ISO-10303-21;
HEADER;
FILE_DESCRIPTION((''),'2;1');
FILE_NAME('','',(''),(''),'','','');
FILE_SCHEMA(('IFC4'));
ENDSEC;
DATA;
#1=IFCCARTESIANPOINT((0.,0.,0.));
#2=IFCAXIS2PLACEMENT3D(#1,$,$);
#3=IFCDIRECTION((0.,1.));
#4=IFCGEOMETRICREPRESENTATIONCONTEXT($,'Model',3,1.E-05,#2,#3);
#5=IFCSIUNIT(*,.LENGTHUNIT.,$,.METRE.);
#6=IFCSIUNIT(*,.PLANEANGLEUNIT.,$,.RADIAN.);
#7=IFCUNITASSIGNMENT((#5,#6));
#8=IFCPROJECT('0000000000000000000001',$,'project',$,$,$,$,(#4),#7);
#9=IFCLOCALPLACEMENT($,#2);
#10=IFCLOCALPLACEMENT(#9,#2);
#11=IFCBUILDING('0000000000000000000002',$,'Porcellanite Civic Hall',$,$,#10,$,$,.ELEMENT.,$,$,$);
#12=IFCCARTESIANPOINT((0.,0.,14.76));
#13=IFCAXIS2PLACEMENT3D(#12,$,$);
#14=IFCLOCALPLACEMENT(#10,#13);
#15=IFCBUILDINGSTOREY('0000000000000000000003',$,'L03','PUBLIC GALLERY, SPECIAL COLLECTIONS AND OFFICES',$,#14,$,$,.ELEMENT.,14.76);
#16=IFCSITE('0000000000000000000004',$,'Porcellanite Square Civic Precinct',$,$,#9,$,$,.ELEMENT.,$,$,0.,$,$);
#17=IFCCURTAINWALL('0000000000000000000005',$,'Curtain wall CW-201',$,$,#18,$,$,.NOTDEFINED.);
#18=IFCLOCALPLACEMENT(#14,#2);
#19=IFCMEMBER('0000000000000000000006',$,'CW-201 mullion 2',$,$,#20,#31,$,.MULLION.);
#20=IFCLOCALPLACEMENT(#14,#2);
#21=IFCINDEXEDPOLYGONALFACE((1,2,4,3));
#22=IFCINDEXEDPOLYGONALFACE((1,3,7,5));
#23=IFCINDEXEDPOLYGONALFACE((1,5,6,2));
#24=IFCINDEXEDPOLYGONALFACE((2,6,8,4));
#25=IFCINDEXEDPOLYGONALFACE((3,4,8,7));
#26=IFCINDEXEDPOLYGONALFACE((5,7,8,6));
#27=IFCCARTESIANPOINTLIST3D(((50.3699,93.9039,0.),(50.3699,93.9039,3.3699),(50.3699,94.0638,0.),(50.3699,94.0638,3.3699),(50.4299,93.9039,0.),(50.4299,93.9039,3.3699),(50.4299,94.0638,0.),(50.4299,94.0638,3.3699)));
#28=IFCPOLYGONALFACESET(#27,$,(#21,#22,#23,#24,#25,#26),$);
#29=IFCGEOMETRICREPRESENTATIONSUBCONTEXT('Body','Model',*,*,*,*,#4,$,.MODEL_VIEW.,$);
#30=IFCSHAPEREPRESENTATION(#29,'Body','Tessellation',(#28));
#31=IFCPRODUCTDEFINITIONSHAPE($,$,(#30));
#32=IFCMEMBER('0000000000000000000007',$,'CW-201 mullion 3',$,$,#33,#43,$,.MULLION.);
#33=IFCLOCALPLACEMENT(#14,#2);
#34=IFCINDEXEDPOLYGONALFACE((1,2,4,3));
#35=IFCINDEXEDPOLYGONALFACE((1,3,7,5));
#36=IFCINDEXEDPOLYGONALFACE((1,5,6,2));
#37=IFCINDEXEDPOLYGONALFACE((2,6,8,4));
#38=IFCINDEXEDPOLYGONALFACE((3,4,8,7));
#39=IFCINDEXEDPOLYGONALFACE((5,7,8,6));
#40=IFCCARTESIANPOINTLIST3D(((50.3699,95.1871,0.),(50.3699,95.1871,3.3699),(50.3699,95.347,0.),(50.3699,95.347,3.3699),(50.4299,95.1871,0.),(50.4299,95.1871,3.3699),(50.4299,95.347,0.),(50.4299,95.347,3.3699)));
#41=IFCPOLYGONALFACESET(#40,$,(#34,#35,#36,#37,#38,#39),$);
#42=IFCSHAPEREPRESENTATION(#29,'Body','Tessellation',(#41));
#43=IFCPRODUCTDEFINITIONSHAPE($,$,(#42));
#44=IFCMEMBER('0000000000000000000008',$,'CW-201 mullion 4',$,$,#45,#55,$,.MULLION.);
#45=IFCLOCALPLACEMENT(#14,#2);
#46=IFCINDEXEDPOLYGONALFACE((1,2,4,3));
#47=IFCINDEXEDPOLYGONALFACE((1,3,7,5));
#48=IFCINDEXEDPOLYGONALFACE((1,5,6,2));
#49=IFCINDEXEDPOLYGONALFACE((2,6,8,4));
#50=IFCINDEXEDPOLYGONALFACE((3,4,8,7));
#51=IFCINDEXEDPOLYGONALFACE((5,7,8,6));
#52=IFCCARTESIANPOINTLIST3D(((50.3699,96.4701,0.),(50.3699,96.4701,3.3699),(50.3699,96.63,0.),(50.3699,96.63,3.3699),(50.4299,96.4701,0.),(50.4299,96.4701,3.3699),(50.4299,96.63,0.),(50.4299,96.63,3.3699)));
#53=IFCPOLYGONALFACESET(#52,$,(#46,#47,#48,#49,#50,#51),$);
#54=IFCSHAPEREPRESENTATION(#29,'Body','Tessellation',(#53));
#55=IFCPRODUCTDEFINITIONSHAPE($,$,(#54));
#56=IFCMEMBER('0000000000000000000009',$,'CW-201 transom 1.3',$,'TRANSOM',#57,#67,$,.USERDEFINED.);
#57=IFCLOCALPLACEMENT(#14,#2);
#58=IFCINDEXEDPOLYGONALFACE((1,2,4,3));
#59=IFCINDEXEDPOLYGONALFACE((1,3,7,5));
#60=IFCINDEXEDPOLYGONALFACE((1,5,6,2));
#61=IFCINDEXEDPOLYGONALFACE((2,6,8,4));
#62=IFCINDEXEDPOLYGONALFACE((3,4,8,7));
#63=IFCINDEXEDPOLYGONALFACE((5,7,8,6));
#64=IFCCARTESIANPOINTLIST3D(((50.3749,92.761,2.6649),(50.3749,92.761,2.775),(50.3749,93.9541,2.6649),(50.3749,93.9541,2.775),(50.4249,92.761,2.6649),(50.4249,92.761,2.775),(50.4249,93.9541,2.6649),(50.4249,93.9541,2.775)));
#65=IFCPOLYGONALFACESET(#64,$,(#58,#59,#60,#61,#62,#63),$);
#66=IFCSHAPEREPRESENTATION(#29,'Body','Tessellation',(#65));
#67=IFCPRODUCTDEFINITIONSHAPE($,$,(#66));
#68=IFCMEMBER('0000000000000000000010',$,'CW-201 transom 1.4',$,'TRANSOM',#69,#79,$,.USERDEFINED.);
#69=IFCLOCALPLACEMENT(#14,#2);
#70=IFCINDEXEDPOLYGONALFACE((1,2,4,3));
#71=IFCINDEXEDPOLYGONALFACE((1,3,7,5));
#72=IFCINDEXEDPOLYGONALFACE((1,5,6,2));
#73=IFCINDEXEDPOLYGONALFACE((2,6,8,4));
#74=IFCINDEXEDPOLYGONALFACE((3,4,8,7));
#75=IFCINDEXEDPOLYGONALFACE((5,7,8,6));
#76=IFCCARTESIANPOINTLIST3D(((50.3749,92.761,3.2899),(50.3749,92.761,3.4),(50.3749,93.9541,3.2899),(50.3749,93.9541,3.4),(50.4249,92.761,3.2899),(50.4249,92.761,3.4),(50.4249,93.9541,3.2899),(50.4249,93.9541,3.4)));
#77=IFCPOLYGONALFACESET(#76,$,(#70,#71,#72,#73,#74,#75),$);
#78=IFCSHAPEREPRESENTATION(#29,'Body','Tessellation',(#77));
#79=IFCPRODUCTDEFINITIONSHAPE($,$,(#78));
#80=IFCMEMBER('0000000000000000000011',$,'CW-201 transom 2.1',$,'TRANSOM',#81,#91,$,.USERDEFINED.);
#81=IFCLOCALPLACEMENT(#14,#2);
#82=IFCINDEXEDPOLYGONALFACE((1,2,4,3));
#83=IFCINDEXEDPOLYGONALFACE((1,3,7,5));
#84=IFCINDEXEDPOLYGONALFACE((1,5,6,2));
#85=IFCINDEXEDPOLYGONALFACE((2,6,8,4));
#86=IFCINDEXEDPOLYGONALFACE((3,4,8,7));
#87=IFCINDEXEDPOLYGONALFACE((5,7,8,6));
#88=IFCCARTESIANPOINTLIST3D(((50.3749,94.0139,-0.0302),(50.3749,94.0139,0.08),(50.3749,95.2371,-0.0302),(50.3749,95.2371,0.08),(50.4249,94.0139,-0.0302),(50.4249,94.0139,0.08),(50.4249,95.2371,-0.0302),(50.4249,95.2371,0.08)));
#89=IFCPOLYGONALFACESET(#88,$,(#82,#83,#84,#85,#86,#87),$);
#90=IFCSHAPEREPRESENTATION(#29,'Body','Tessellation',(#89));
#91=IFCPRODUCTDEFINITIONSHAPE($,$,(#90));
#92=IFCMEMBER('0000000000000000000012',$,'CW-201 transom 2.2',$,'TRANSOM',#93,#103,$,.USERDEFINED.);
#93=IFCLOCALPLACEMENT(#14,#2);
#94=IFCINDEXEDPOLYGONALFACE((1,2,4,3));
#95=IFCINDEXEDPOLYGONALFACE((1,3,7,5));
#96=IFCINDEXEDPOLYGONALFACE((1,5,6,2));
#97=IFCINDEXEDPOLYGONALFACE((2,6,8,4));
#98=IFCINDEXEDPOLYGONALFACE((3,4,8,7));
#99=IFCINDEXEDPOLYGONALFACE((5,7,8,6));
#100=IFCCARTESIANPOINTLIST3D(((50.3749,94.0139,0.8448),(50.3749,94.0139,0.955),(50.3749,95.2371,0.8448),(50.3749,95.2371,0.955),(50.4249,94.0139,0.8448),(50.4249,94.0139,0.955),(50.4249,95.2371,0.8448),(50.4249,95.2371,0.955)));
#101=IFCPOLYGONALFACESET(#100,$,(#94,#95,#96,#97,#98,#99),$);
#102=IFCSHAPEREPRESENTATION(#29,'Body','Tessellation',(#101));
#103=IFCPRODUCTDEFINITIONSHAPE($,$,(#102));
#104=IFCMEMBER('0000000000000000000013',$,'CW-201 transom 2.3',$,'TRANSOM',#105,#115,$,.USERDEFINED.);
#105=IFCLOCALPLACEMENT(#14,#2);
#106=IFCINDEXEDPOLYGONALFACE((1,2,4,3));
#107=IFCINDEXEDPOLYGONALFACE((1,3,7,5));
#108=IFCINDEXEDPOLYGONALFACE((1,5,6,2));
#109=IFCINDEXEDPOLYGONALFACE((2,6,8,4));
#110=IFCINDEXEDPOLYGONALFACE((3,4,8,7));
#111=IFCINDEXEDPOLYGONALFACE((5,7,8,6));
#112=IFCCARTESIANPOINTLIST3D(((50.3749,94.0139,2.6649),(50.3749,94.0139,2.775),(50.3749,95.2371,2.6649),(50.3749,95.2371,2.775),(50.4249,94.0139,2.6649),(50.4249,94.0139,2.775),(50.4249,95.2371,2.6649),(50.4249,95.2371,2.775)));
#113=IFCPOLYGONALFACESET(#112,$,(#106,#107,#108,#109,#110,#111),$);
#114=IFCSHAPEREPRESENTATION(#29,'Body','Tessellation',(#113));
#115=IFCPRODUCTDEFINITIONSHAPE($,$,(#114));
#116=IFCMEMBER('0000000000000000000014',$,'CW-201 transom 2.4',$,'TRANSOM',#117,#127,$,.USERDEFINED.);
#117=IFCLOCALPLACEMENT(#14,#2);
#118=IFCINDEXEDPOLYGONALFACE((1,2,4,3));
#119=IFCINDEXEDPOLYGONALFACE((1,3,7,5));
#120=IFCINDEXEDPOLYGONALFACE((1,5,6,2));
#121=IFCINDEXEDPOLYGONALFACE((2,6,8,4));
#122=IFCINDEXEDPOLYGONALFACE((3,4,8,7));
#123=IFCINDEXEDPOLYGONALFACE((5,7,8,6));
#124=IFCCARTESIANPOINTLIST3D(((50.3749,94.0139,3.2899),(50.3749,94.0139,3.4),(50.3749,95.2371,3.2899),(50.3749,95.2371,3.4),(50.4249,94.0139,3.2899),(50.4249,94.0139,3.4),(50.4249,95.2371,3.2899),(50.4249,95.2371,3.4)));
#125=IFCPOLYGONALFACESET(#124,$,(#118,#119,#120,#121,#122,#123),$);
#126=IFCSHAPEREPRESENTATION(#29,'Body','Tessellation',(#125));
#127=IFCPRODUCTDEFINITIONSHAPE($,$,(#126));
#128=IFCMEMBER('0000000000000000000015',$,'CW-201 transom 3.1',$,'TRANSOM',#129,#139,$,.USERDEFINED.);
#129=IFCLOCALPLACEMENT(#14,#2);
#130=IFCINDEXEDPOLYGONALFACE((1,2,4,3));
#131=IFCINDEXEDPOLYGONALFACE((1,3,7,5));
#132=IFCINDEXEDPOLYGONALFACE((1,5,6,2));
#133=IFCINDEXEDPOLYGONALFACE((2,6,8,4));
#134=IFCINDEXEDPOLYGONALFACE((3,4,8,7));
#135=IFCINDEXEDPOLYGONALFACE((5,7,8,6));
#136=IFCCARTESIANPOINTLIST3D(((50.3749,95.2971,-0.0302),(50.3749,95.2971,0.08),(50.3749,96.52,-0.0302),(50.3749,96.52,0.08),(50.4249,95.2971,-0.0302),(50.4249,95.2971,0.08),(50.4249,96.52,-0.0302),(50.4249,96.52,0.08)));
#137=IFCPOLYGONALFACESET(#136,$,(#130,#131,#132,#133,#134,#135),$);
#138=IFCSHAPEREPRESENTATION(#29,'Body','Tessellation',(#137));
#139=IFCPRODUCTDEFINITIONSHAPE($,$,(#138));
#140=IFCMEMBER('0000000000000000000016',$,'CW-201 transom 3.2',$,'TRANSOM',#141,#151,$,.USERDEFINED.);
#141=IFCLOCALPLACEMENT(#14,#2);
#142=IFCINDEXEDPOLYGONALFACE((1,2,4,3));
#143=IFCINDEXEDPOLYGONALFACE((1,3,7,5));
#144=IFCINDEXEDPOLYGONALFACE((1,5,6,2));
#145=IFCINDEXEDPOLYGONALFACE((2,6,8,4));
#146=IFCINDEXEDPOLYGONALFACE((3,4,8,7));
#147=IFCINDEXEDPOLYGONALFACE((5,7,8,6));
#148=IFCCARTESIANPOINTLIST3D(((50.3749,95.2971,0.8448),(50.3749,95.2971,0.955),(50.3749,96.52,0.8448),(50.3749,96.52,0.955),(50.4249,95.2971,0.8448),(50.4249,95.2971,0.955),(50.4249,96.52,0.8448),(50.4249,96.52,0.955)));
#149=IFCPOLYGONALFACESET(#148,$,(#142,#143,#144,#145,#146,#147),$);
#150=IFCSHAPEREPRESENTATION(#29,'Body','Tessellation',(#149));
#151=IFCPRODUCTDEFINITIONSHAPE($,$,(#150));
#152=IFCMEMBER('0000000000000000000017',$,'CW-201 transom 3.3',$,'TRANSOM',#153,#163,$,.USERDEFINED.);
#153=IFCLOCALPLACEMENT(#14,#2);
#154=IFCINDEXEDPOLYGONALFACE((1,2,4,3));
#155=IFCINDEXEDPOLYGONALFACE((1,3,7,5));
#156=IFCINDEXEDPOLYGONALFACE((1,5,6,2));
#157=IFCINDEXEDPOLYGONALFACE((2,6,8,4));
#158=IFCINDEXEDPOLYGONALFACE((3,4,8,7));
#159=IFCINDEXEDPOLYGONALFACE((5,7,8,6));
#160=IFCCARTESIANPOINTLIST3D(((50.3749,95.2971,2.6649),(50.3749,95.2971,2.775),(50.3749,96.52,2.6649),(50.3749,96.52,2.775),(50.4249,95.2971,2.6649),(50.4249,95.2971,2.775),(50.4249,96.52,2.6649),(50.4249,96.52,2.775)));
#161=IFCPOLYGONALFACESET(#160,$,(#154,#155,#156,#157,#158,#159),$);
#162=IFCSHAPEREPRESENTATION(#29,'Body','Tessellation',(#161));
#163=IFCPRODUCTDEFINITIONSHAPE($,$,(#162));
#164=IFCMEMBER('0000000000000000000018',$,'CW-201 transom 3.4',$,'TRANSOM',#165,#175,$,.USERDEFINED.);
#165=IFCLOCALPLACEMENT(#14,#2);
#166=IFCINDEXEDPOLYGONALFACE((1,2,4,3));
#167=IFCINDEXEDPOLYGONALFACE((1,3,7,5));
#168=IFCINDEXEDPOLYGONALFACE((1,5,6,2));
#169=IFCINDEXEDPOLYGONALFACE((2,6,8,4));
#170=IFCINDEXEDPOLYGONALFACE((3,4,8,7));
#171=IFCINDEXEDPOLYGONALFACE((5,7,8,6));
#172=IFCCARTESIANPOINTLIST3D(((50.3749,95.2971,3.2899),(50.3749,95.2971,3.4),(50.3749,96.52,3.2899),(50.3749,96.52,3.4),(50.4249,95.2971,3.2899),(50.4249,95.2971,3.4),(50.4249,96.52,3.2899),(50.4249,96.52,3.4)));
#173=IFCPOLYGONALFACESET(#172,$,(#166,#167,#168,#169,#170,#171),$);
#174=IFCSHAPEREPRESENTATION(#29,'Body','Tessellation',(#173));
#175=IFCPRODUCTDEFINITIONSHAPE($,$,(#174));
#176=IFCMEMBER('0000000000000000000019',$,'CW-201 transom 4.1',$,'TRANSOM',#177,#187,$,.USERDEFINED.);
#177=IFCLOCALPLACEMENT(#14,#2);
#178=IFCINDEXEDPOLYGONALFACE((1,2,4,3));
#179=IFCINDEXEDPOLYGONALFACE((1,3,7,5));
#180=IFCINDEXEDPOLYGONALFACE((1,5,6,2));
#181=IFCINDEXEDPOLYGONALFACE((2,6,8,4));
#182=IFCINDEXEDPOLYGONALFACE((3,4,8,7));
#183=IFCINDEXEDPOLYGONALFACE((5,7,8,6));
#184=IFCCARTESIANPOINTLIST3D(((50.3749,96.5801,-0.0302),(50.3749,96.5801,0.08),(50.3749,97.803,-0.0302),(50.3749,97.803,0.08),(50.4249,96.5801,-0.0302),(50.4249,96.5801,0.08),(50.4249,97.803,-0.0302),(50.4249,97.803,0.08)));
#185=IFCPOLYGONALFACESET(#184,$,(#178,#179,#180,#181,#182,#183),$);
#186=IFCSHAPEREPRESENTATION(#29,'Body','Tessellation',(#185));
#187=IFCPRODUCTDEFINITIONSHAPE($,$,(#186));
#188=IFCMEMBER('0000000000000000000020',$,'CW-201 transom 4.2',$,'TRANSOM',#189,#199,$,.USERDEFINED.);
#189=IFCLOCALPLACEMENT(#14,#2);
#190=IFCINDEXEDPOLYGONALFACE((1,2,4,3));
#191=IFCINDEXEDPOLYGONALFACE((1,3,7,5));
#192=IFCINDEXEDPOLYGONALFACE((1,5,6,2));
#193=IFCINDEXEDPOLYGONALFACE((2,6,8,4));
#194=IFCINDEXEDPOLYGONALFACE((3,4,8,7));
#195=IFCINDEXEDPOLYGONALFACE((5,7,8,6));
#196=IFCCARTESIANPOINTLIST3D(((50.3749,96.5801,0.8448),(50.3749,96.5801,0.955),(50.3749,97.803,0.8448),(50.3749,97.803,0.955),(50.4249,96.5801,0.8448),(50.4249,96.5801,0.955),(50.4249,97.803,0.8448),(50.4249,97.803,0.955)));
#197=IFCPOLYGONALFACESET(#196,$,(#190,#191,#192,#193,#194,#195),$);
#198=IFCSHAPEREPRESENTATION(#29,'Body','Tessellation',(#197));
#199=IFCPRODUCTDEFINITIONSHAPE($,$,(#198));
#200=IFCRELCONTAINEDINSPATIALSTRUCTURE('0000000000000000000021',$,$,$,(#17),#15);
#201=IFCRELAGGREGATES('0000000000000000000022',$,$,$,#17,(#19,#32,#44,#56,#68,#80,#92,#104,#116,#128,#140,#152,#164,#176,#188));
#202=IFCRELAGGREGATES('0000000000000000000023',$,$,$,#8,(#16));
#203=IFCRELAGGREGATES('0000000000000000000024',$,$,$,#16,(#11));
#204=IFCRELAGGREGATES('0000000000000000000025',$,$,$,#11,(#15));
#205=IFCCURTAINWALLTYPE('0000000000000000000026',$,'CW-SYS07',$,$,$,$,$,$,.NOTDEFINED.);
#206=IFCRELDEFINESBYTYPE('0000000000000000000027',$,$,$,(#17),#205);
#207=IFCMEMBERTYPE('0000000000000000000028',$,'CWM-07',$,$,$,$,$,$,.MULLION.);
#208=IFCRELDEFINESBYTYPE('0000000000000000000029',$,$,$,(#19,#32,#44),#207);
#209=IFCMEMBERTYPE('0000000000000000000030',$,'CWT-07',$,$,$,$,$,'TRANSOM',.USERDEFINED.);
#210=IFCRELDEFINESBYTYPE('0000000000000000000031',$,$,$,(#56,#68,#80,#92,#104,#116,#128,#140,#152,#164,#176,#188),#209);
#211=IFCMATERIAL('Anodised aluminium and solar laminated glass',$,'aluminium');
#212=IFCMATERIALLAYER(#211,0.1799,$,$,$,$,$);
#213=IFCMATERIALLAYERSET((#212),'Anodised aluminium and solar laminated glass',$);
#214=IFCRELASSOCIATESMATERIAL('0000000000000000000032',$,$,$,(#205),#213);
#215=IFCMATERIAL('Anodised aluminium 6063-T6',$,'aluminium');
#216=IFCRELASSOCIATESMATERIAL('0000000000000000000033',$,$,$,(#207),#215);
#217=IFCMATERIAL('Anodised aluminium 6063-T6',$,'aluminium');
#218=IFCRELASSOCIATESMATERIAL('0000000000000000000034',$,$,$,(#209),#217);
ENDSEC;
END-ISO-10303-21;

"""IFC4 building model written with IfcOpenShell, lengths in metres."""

from ifc_helpers import new_model, si_unit, direction, frame, origin, origin_2d, place, context, subcontext, project, spatial, rectangle, extrude, material, layer, layer_set, material_profile, profile_set, type_object, element, aggregate, save


model = new_model("IFC4")

# Units and contexts
model_context = context("Model", 3, precision=1e-05, world=origin(), true_north=direction((0.0, 1.0)))
body_context = subcontext(model_context, "Body", "Model", "MODEL_VIEW")
ifc_project = project(units=[si_unit("LENGTHUNIT", "METRE"), si_unit("PLANEANGLEUNIT", "RADIAN")], contexts=[model_context])

# Site, building, storey
site_placement = place(None, origin())
site = spatial("IfcSite", under=ifc_project, at=site_placement, Name="Porcellanite Square Civic Precinct", CompositionType="ELEMENT", RefElevation=0.0)
building_placement = place(site_placement, origin())
building = spatial("IfcBuilding", under=site, at=building_placement, Name="Porcellanite Civic Hall", CompositionType="ELEMENT")
storey_placement = place(building_placement, frame((0.0, 0.0, 14.76)))
storey = spatial("IfcBuildingStorey", under=building, at=storey_placement, Name="L03", Description="PUBLIC GALLERY, SPECIAL COLLECTIONS AND OFFICES", CompositionType="ELEMENT", Elevation=14.76)

# Curtain wall, members
ifc_material_1 = material(Name="Anodised aluminium and solar laminated glass", Category="aluminium")
ifc_layer_1 = layer(ifc_material_1, 0.1799)
ifc_layer_set_1 = layer_set([ifc_layer_1], Name="Anodised aluminium and solar laminated glass")
curtain_wall_type = type_object("IfcCurtainWallType", Name="CW-SYS07", PredefinedType="NOTDEFINED", material=ifc_layer_set_1)
curtain_wall_placement = place(storey_placement, origin())
curtain_wall = element("IfcCurtainWall", 1, at=curtain_wall_placement, inside=storey, type_object=curtain_wall_type, Name="Curtain wall CW-201", PredefinedType="NOTDEFINED")
ifc_material_2 = material(Name="Anodised aluminium 6063-T6", Category="aluminium")
ifc_material_profile_1 = material_profile(ifc_material_2, rectangle(XDim=0.0601, YDim=0.1599, at=origin_2d()), Name="AL-60x160")
ifc_profile_set_1 = profile_set([ifc_material_profile_1], Name="Anodised aluminium 6063-T6")
member_type_1 = type_object("IfcMemberType", Name="CWM-07", PredefinedType="MULLION", material=ifc_profile_set_1)
member_1_placement = place(storey_placement, frame((50.3999, 93.9839, 0.0), z_axis=(0.0, 0.0, 1.0), x_axis=(-1.0, 0.0, 0.0)))
member_1 = element("IfcMember", 2, at=member_1_placement, type_object=member_type_1, Name="CW-201 mullion 2", PredefinedType="MULLION", context=body_context, shape_type="SweptSolid", body=[
    extrude(rectangle(XDim=0.0601, YDim=0.1599, at=origin_2d()), origin(), (0.0, 0.0, 1.0), 3.3699),
])
member_2_placement = place(storey_placement, frame((50.3999, 95.2671, 0.0), z_axis=(0.0, 0.0, 1.0), x_axis=(-1.0, 0.0, 0.0)))
member_2 = element("IfcMember", 3, at=member_2_placement, type_object=member_type_1, Name="CW-201 mullion 3", PredefinedType="MULLION", context=body_context, shape_type="SweptSolid", body=[
    extrude(rectangle(XDim=0.0601, YDim=0.1599, at=origin_2d()), origin(), (0.0, 0.0, 1.0), 3.3699),
])
member_3_placement = place(storey_placement, frame((50.3999, 96.55, 0.0), z_axis=(0.0, 0.0, 1.0), x_axis=(-1.0, 0.0, 0.0)))
member_3 = element("IfcMember", 4, at=member_3_placement, type_object=member_type_1, Name="CW-201 mullion 4", PredefinedType="MULLION", context=body_context, shape_type="SweptSolid", body=[
    extrude(rectangle(XDim=0.0601, YDim=0.1599, at=origin_2d()), origin(), (0.0, 0.0, 1.0), 3.3699),
])
ifc_material_3 = material(Name="Anodised aluminium 6063-T6", Category="aluminium")
ifc_material_profile_2 = material_profile(ifc_material_3, rectangle(XDim=0.05, YDim=0.1101, at=origin_2d()), Name="AL-50x110")
ifc_profile_set_2 = profile_set([ifc_material_profile_2], Name="Anodised aluminium 6063-T6")
member_type_2 = type_object("IfcMemberType", Name="CWT-07", ElementType="TRANSOM", PredefinedType="USERDEFINED", material=ifc_profile_set_2)
member_4_placement = place(storey_placement, frame((50.3999, 92.761, 2.72), z_axis=(0.0, 1.0, 0.0), x_axis=(-1.0, 0.0, 0.0)))
member_4 = element("IfcMember", 5, at=member_4_placement, type_object=member_type_2, Name="CW-201 transom 1.3", ObjectType="TRANSOM", PredefinedType="USERDEFINED", context=body_context, shape_type="SweptSolid", body=[
    extrude(rectangle(XDim=0.05, YDim=0.1101, at=origin_2d()), origin(), (0.0, 0.0, 1.0), 1.1931),
])
member_5_placement = place(storey_placement, frame((50.3999, 92.761, 3.345), z_axis=(0.0, 1.0, 0.0), x_axis=(-1.0, 0.0, 0.0)))
member_5 = element("IfcMember", 6, at=member_5_placement, type_object=member_type_2, Name="CW-201 transom 1.4", ObjectType="TRANSOM", PredefinedType="USERDEFINED", context=body_context, shape_type="SweptSolid", body=[
    extrude(rectangle(XDim=0.05, YDim=0.1101, at=origin_2d()), origin(), (0.0, 0.0, 1.0), 1.1931),
])
member_6_placement = place(storey_placement, frame((50.3999, 94.0139, 0.0249), z_axis=(0.0, 1.0, 0.0), x_axis=(-1.0, 0.0, 0.0)))
member_6 = element("IfcMember", 7, at=member_6_placement, type_object=member_type_2, Name="CW-201 transom 2.1", ObjectType="TRANSOM", PredefinedType="USERDEFINED", context=body_context, shape_type="SweptSolid", body=[
    extrude(rectangle(XDim=0.05, YDim=0.1101, at=origin_2d()), origin(), (0.0, 0.0, 1.0), 1.2231),
])
member_7_placement = place(storey_placement, frame((50.3999, 94.0139, 0.8999), z_axis=(0.0, 1.0, 0.0), x_axis=(-1.0, 0.0, 0.0)))
member_7 = element("IfcMember", 8, at=member_7_placement, type_object=member_type_2, Name="CW-201 transom 2.2", ObjectType="TRANSOM", PredefinedType="USERDEFINED", context=body_context, shape_type="SweptSolid", body=[
    extrude(rectangle(XDim=0.05, YDim=0.1101, at=origin_2d()), origin(), (0.0, 0.0, 1.0), 1.2231),
])
member_8_placement = place(storey_placement, frame((50.3999, 94.0139, 2.72), z_axis=(0.0, 1.0, 0.0), x_axis=(-1.0, 0.0, 0.0)))
member_8 = element("IfcMember", 9, at=member_8_placement, type_object=member_type_2, Name="CW-201 transom 2.3", ObjectType="TRANSOM", PredefinedType="USERDEFINED", context=body_context, shape_type="SweptSolid", body=[
    extrude(rectangle(XDim=0.05, YDim=0.1101, at=origin_2d()), origin(), (0.0, 0.0, 1.0), 1.2231),
])
member_9_placement = place(storey_placement, frame((50.3999, 94.0139, 3.345), z_axis=(0.0, 1.0, 0.0), x_axis=(-1.0, 0.0, 0.0)))
member_9 = element("IfcMember", 10, at=member_9_placement, type_object=member_type_2, Name="CW-201 transom 2.4", ObjectType="TRANSOM", PredefinedType="USERDEFINED", context=body_context, shape_type="SweptSolid", body=[
    extrude(rectangle(XDim=0.05, YDim=0.1101, at=origin_2d()), origin(), (0.0, 0.0, 1.0), 1.2231),
])
member_10_placement = place(storey_placement, frame((50.3999, 95.2971, 0.0249), z_axis=(0.0, 1.0, 0.0), x_axis=(-1.0, 0.0, 0.0)))
member_10 = element("IfcMember", 11, at=member_10_placement, type_object=member_type_2, Name="CW-201 transom 3.1", ObjectType="TRANSOM", PredefinedType="USERDEFINED", context=body_context, shape_type="SweptSolid", body=[
    extrude(rectangle(XDim=0.05, YDim=0.1101, at=origin_2d()), origin(), (0.0, 0.0, 1.0), 1.2229),
])
member_11_placement = place(storey_placement, frame((50.3999, 95.2971, 0.8999), z_axis=(0.0, 1.0, 0.0), x_axis=(-1.0, 0.0, 0.0)))
member_11 = element("IfcMember", 12, at=member_11_placement, type_object=member_type_2, Name="CW-201 transom 3.2", ObjectType="TRANSOM", PredefinedType="USERDEFINED", context=body_context, shape_type="SweptSolid", body=[
    extrude(rectangle(XDim=0.05, YDim=0.1101, at=origin_2d()), origin(), (0.0, 0.0, 1.0), 1.2229),
])
member_12_placement = place(storey_placement, frame((50.3999, 95.2971, 2.72), z_axis=(0.0, 1.0, 0.0), x_axis=(-1.0, 0.0, 0.0)))
member_12 = element("IfcMember", 13, at=member_12_placement, type_object=member_type_2, Name="CW-201 transom 3.3", ObjectType="TRANSOM", PredefinedType="USERDEFINED", context=body_context, shape_type="SweptSolid", body=[
    extrude(rectangle(XDim=0.05, YDim=0.1101, at=origin_2d()), origin(), (0.0, 0.0, 1.0), 1.2229),
])
member_13_placement = place(storey_placement, frame((50.3999, 95.2971, 3.345), z_axis=(0.0, 1.0, 0.0), x_axis=(-1.0, 0.0, 0.0)))
member_13 = element("IfcMember", 14, at=member_13_placement, type_object=member_type_2, Name="CW-201 transom 3.4", ObjectType="TRANSOM", PredefinedType="USERDEFINED", context=body_context, shape_type="SweptSolid", body=[
    extrude(rectangle(XDim=0.05, YDim=0.1101, at=origin_2d()), origin(), (0.0, 0.0, 1.0), 1.2229),
])
member_14_placement = place(storey_placement, frame((50.3999, 96.5801, 0.0249), z_axis=(0.0, 1.0, 0.0), x_axis=(-1.0, 0.0, 0.0)))
member_14 = element("IfcMember", 15, at=member_14_placement, type_object=member_type_2, Name="CW-201 transom 4.1", ObjectType="TRANSOM", PredefinedType="USERDEFINED", context=body_context, shape_type="SweptSolid", body=[
    extrude(rectangle(XDim=0.05, YDim=0.1101, at=origin_2d()), origin(), (0.0, 0.0, 1.0), 1.2229),
])
member_15_placement = place(storey_placement, frame((50.3999, 96.5801, 0.8999), z_axis=(0.0, 1.0, 0.0), x_axis=(-1.0, 0.0, 0.0)))
member_15 = element("IfcMember", 16, at=member_15_placement, type_object=member_type_2, Name="CW-201 transom 4.2", ObjectType="TRANSOM", PredefinedType="USERDEFINED", context=body_context, shape_type="SweptSolid", body=[
    extrude(rectangle(XDim=0.05, YDim=0.1101, at=origin_2d()), origin(), (0.0, 0.0, 1.0), 1.2229),
])
aggregate(curtain_wall, [member_1, member_2, member_3, member_4, member_5, member_6, member_7, member_8, member_9, member_10, member_11, member_12, member_13, member_14, member_15])

save(model, "model.ifc")
